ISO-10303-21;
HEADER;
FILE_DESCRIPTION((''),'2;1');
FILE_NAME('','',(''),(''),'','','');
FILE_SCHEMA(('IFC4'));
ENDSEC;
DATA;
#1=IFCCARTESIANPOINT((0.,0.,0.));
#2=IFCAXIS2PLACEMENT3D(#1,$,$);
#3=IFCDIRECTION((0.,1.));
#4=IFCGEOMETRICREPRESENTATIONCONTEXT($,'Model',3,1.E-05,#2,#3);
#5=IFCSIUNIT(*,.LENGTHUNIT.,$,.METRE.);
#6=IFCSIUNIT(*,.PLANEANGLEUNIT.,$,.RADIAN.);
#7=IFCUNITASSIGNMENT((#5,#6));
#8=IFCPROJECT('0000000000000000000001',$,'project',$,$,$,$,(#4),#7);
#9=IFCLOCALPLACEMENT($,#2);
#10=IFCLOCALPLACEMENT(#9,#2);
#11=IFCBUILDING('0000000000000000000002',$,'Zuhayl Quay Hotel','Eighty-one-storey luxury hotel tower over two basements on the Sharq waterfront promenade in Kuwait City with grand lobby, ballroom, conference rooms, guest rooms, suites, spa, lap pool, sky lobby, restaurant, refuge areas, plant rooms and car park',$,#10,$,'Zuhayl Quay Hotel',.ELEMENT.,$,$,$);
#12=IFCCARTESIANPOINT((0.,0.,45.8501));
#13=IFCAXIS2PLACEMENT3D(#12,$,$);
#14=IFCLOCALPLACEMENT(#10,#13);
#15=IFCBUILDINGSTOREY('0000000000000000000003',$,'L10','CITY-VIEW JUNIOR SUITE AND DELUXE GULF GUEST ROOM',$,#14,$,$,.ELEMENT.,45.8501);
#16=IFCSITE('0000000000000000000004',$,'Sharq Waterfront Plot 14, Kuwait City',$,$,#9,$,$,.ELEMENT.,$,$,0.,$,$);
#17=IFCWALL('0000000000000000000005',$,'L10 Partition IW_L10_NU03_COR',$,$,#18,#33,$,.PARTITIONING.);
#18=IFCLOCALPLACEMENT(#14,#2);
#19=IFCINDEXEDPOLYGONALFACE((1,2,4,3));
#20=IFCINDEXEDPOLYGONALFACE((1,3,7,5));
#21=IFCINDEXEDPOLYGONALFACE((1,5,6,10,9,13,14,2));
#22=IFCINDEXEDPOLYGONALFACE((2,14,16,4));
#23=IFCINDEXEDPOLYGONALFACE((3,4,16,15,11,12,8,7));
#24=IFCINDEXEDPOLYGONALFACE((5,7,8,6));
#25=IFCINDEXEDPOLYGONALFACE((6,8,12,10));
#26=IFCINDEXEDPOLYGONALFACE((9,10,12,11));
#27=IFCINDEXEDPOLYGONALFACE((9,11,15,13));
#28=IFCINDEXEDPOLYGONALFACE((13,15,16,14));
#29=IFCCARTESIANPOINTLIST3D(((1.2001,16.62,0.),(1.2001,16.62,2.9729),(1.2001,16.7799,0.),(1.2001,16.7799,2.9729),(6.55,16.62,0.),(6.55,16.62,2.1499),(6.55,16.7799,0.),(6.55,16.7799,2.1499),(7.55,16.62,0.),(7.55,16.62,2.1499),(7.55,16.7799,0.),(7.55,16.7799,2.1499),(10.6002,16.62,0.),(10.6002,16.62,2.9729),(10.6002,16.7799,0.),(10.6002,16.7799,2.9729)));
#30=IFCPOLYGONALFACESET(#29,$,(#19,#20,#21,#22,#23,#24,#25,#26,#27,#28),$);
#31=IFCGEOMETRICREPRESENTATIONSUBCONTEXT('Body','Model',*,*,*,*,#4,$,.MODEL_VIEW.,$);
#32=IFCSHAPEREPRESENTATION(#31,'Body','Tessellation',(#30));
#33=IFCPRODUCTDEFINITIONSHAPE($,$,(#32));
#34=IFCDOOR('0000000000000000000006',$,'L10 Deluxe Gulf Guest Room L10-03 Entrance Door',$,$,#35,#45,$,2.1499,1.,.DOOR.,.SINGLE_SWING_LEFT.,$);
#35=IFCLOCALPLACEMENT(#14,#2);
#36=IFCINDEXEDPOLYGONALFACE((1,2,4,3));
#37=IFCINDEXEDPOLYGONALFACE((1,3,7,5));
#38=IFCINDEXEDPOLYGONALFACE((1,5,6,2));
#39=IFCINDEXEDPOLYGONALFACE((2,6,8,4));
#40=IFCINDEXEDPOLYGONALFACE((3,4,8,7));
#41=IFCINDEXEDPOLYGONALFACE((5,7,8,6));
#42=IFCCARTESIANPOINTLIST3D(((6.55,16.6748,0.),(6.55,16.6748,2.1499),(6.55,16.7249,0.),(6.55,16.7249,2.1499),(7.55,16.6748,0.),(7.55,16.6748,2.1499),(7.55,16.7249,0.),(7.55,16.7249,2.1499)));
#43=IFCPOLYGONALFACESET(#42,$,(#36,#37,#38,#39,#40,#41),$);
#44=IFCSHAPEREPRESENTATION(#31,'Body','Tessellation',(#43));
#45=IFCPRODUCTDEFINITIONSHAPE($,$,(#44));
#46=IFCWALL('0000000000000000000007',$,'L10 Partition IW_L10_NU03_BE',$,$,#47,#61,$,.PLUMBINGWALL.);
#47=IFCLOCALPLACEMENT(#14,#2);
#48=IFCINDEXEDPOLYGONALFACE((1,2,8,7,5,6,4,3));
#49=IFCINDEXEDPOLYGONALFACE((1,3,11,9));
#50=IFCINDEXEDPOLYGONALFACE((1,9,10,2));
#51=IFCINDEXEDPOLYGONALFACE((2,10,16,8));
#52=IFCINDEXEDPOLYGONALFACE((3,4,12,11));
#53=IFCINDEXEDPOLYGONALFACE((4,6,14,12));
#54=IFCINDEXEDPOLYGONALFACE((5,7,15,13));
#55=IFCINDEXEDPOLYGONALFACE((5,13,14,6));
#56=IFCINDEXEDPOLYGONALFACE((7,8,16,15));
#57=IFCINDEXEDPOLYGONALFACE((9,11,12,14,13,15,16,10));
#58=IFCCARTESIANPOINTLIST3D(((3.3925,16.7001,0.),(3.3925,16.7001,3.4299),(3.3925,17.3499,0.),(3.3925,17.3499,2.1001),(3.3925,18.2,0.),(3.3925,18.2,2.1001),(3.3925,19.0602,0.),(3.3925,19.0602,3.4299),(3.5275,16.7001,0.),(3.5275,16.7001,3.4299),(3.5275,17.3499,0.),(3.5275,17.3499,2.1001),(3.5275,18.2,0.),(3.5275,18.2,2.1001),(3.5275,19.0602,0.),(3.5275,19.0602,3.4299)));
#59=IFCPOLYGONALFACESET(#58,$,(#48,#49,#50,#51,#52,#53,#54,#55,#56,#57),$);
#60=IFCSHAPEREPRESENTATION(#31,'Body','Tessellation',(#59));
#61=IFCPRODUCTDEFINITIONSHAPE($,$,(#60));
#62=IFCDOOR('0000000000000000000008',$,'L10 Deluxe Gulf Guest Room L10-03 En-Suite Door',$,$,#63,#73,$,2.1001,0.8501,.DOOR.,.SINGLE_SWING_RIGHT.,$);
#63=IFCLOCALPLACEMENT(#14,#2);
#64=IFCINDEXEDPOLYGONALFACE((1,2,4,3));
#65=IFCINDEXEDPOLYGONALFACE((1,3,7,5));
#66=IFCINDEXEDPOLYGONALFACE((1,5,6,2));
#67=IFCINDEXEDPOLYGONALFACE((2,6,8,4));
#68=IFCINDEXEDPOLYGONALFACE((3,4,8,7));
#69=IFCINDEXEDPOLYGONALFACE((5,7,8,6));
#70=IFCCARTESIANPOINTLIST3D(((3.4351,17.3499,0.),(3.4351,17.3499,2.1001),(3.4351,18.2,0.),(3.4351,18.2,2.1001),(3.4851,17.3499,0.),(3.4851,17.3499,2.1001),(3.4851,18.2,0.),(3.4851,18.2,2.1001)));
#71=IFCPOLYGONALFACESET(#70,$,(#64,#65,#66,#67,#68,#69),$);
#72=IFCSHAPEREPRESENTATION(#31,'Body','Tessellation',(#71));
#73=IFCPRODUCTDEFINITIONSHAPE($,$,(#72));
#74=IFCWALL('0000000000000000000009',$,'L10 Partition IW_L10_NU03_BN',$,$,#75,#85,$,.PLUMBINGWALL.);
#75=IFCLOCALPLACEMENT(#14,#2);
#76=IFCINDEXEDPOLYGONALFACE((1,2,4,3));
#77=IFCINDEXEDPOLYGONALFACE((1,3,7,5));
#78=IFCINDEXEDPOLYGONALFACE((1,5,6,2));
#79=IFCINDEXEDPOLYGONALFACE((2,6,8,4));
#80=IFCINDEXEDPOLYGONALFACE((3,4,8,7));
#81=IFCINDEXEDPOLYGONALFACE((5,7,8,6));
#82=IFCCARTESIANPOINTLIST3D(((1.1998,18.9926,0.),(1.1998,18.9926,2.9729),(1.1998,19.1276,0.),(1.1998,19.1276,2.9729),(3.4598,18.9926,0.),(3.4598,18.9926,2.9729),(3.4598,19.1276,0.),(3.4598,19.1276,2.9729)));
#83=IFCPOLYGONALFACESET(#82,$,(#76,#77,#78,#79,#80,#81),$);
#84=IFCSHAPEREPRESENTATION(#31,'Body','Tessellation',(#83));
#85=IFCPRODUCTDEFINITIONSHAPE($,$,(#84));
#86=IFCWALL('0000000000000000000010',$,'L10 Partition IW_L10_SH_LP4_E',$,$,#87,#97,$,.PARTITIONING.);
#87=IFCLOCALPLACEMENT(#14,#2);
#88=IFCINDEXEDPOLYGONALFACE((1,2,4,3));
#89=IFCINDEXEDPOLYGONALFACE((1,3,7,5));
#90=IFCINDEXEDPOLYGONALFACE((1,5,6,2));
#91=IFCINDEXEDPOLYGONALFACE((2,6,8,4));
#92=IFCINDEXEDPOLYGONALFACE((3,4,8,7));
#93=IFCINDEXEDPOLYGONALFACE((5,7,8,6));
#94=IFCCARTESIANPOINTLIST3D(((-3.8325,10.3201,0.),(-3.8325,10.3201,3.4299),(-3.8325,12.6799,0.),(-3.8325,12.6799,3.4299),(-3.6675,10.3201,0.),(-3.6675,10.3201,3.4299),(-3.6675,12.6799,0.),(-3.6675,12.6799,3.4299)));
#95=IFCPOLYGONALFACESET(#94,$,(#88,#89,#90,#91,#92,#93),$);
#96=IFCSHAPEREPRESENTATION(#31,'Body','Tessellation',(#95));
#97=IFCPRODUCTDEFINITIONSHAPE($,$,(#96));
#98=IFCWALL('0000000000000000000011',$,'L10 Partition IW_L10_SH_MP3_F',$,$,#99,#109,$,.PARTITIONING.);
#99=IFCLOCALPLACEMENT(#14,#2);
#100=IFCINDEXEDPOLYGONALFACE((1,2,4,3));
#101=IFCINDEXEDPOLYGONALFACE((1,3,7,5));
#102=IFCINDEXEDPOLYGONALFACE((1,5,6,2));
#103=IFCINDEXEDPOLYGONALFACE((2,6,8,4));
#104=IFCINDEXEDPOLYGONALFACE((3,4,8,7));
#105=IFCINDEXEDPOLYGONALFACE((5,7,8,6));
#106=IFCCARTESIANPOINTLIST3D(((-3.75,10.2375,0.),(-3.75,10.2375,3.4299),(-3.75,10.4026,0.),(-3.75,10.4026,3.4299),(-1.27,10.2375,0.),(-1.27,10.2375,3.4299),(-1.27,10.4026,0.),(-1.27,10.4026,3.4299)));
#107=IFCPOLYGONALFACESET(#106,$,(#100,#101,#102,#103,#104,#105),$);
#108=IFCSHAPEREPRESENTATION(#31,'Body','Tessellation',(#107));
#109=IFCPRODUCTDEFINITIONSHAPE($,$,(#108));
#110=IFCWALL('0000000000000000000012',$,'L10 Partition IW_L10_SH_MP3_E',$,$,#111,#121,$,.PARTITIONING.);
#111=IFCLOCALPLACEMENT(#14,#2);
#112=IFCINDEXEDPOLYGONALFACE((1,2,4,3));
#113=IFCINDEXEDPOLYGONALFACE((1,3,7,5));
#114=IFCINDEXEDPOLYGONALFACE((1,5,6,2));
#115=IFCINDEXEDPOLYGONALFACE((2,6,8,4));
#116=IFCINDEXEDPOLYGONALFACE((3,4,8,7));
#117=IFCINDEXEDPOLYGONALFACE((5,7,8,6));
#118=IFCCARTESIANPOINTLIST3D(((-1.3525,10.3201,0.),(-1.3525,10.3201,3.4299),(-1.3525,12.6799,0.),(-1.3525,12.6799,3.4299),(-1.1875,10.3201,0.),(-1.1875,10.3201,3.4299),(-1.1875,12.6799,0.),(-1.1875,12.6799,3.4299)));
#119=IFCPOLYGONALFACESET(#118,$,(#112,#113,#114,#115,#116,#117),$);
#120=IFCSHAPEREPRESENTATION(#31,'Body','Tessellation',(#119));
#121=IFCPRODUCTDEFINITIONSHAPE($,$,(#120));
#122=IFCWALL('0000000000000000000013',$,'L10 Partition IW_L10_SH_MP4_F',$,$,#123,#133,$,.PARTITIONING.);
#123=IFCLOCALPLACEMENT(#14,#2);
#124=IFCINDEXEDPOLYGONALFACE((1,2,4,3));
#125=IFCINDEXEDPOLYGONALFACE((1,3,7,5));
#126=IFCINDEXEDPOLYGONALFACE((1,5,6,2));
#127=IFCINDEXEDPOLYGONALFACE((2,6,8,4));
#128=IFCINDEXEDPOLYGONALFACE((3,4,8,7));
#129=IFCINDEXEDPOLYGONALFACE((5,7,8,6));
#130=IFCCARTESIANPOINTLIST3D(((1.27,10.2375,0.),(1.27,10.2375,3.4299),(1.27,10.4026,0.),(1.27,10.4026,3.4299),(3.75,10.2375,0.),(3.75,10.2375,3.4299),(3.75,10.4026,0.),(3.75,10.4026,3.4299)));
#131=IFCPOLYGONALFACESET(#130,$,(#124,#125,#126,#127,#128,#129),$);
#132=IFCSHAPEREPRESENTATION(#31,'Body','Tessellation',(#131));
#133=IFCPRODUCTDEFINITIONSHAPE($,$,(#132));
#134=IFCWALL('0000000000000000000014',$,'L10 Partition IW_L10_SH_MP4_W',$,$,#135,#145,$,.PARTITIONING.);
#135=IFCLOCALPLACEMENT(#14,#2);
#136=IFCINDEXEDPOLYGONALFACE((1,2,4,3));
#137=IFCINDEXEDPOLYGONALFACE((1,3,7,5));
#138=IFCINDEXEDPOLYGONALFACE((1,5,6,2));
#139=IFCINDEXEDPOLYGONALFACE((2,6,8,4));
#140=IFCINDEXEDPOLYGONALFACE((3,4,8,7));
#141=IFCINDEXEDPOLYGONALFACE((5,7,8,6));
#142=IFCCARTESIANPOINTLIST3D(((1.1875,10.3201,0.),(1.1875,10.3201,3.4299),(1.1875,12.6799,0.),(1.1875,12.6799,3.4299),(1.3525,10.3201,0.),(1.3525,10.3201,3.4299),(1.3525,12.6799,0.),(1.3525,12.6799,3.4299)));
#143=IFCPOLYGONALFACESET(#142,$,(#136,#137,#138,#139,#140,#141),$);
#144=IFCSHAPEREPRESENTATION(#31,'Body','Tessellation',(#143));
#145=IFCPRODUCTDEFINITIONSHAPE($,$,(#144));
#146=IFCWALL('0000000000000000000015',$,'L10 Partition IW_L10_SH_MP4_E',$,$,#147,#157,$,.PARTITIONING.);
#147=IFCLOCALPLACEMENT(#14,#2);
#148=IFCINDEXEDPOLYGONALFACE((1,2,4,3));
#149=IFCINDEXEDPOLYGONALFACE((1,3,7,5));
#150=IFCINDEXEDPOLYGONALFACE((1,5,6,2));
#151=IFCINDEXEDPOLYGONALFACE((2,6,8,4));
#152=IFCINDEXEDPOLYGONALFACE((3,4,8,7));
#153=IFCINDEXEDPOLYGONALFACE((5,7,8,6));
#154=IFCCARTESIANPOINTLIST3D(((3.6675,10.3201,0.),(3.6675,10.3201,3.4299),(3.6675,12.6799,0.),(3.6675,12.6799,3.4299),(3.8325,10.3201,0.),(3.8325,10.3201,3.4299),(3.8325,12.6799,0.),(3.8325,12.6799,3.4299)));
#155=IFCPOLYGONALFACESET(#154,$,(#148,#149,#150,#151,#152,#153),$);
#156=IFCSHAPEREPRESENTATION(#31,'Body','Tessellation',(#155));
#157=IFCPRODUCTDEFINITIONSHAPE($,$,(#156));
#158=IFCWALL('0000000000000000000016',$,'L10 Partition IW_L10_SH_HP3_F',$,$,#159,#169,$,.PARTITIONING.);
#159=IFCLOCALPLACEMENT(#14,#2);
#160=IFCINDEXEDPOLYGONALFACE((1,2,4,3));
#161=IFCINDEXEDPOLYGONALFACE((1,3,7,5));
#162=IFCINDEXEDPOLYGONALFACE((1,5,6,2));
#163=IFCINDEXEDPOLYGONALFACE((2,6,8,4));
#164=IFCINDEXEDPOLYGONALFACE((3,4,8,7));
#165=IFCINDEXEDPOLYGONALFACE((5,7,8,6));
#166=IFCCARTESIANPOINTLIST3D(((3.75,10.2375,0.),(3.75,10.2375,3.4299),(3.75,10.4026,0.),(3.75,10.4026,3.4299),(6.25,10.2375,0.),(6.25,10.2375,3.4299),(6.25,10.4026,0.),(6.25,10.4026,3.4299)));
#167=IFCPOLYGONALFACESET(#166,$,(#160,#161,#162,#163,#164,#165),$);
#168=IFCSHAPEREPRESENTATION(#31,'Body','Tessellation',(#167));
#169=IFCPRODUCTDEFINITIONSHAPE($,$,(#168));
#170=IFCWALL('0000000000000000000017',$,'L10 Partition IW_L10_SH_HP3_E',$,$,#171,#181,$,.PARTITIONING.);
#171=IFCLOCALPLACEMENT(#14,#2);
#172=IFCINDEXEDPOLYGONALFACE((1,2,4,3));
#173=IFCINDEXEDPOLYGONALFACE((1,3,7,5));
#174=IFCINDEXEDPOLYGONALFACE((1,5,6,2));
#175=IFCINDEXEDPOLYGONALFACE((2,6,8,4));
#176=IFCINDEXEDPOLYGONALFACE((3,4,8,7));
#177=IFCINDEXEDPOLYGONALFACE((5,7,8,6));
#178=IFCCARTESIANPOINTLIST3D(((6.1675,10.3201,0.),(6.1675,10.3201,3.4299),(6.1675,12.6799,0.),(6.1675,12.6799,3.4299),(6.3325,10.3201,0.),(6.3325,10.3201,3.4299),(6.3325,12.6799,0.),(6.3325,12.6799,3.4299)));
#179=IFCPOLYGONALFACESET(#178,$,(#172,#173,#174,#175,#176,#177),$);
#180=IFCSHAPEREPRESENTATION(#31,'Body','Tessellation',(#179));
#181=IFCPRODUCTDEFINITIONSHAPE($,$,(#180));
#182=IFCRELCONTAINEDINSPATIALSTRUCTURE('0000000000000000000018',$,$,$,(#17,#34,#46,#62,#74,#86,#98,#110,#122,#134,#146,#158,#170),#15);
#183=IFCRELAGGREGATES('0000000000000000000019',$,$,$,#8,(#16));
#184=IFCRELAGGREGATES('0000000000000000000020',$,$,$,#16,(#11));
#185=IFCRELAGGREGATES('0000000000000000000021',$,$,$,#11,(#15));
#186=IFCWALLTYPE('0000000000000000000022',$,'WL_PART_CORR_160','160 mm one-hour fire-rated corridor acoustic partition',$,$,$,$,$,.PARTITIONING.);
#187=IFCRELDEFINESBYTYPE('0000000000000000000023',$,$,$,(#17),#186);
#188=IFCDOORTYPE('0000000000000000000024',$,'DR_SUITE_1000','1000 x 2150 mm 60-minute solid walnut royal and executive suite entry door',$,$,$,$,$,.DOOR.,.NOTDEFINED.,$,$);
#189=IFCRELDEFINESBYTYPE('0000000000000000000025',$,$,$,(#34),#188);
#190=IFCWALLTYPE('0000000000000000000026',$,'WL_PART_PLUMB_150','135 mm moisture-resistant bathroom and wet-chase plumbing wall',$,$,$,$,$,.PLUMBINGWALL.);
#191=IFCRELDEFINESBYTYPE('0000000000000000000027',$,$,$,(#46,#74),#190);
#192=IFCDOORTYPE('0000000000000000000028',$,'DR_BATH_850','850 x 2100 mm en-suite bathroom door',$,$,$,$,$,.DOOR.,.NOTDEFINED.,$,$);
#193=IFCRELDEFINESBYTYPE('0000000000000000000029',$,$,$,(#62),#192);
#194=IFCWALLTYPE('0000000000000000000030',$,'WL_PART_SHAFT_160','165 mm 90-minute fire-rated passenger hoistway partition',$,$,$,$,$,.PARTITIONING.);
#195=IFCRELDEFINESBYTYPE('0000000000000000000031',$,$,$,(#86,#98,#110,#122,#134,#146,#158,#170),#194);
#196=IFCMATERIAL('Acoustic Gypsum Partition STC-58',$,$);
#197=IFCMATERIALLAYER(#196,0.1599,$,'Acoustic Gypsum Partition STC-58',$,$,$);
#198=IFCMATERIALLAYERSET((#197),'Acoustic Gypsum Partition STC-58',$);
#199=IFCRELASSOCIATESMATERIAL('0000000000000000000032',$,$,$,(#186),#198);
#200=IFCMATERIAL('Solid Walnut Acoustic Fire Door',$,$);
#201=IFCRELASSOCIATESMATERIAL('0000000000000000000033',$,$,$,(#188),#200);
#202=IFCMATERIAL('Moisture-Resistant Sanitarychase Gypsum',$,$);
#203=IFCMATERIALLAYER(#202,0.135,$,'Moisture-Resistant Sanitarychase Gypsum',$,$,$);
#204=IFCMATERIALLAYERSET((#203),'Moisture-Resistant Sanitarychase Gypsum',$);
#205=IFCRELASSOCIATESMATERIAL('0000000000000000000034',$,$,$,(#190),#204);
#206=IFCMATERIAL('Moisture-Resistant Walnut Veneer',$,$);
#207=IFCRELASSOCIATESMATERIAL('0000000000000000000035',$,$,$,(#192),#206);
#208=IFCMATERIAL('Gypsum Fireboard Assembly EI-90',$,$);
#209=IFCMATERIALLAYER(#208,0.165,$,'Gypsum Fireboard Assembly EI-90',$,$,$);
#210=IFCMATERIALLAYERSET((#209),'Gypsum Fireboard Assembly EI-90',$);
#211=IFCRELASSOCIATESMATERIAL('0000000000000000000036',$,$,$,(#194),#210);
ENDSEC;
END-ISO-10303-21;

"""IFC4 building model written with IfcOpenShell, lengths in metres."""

from ifc_helpers import new_model, si_unit, direction, frame, frame_2d, origin, place, context, subcontext, project, spatial, rectangle, extrude, material, layer, layer_set, type_object, element, fill, save


model = new_model("IFC4")

# Units and contexts
model_context = context("Model", 3, precision=1e-05, world=origin(), true_north=direction((0.0, 1.0)))
body_context = subcontext(model_context, "Body", "Model", "MODEL_VIEW")
ifc_project = project(units=[si_unit("LENGTHUNIT", "METRE"), si_unit("PLANEANGLEUNIT", "RADIAN")], contexts=[model_context])

# Site, building, storey
site_placement = place(None, origin())
site = spatial("IfcSite", under=ifc_project, at=site_placement, Name="Sharq Waterfront Plot 14, Kuwait City", CompositionType="ELEMENT", RefElevation=0.0)
building_placement = place(site_placement, origin())
building = spatial("IfcBuilding", under=site, at=building_placement, Name="Zuhayl Quay Hotel", Description="Eighty-one-storey luxury hotel tower over two basements on the Sharq waterfront promenade in Kuwait City with grand lobby, ballroom, conference rooms, guest rooms, suites, spa, lap pool, sky lobby, restaurant, refuge areas, plant rooms and car park", LongName="Zuhayl Quay Hotel", CompositionType="ELEMENT")
storey_placement = place(building_placement, frame((0.0, 0.0, 45.8501)))
storey = spatial("IfcBuildingStorey", under=building, at=storey_placement, Name="L10", Description="CITY-VIEW JUNIOR SUITE AND DELUXE GULF GUEST ROOM", CompositionType="ELEMENT", Elevation=45.8501)

# Shared definitions
ifc_material_1 = material(Name="Acoustic Gypsum Partition STC-58")

# Walls, openings, doors
ifc_layer_1 = layer(ifc_material_1, 0.1599, Name="Acoustic Gypsum Partition STC-58")
ifc_layer_set_1 = layer_set([ifc_layer_1], Name="Acoustic Gypsum Partition STC-58")
wall_type_1 = type_object("IfcWallType", Name="WL_PART_CORR_160", Description="160 mm one-hour fire-rated corridor acoustic partition", PredefinedType="PARTITIONING", material=ifc_layer_set_1)
wall_1_placement = place(storey_placement, frame((1.2, 16.7, 0.0), z_axis=(0.0, 0.0, 1.0), x_axis=(1.0, 0.0, 0.0)))
wall_1 = element("IfcWall", 1, at=wall_1_placement, inside=storey, type_object=wall_type_1, Name="L10 Partition IW_L10_NU03_COR", PredefinedType="PARTITIONING", context=body_context, shape_type="SweptSolid", body=[
    extrude(rectangle(XDim=9.4001, YDim=0.1599, at=frame_2d((4.7002, 0.0))), origin(), (0.0, 0.0, 1.0), 2.9729),
])
opening_1_placement = place(wall_1_placement, frame((5.3501, 0.0, 0.0)))
opening_1 = element("IfcOpeningElement", 2, at=opening_1_placement, cuts=wall_1, PredefinedType="OPENING", context=body_context, shape_type="SweptSolid", body=[
    extrude(rectangle(XDim=1.0, YDim=2.1499, at=frame_2d((0.5, 1.075))), frame((0.0, 0.0898, 0.0), z_axis=(0.0, -1.0, 0.0), x_axis=(1.0, 0.0, 0.0)), (0.0, 0.0, 1.0), 0.1799),
])
ifc_material_2 = material(Name="Solid Walnut Acoustic Fire Door")
door_type_1 = type_object("IfcDoorType", Name="DR_SUITE_1000", Description="1000 x 2150 mm 60-minute solid walnut royal and executive suite entry door", OperationType="NOTDEFINED", PredefinedType="DOOR", material=ifc_material_2)
door_1_placement = place(opening_1_placement, origin())
door_1 = element("IfcDoor", 3, at=door_1_placement, inside=storey, type_object=door_type_1, Name="L10 Deluxe Gulf Guest Room L10-03 Entrance Door", OperationType="SINGLE_SWING_LEFT", OverallHeight=2.1499, OverallWidth=1.0, PredefinedType="DOOR", context=body_context, shape_type="SweptSolid", body=[
    extrude(rectangle(XDim=1.0, YDim=2.1499, at=frame_2d((0.5, 1.075))), frame((0.0, 0.0249, 0.0), z_axis=(0.0, -1.0, 0.0), x_axis=(1.0, 0.0, 0.0)), (0.0, 0.0, 1.0), 0.05),
])
fill(opening_1, door_1)
ifc_material_3 = material(Name="Moisture-Resistant Sanitarychase Gypsum")
ifc_layer_2 = layer(ifc_material_3, 0.135, Name="Moisture-Resistant Sanitarychase Gypsum")
ifc_layer_set_2 = layer_set([ifc_layer_2], Name="Moisture-Resistant Sanitarychase Gypsum")
wall_type_2 = type_object("IfcWallType", Name="WL_PART_PLUMB_150", Description="135 mm moisture-resistant bathroom and wet-chase plumbing wall", PredefinedType="PLUMBINGWALL", material=ifc_layer_set_2)
wall_2_placement = place(storey_placement, frame((3.46, 16.7, 0.0), z_axis=(0.0, 0.0, 1.0), x_axis=(0.0, 1.0, 0.0)))
wall_2 = element("IfcWall", 4, at=wall_2_placement, inside=storey, type_object=wall_type_2, Name="L10 Partition IW_L10_NU03_BE", PredefinedType="PLUMBINGWALL", context=body_context, shape_type="SweptSolid", body=[
    extrude(rectangle(XDim=2.3601, YDim=0.135, at=frame_2d((1.1802, 0.0))), origin(), (0.0, 0.0, 1.0), 3.4299),
])
opening_2_placement = place(wall_2_placement, frame((0.6499, 0.0, 0.0)))
opening_2 = element("IfcOpeningElement", 5, at=opening_2_placement, cuts=wall_2, PredefinedType="OPENING", context=body_context, shape_type="SweptSolid", body=[
    extrude(rectangle(XDim=0.8501, YDim=2.1001, at=frame_2d((0.425, 1.05))), frame((0.0, 0.0774, 0.0), z_axis=(0.0, -1.0, 0.0), x_axis=(1.0, 0.0, 0.0)), (0.0, 0.0, 1.0), 0.155),
])
ifc_material_4 = material(Name="Moisture-Resistant Walnut Veneer")
door_type_2 = type_object("IfcDoorType", Name="DR_BATH_850", Description="850 x 2100 mm en-suite bathroom door", OperationType="NOTDEFINED", PredefinedType="DOOR", material=ifc_material_4)
door_2_placement = place(opening_2_placement, origin())
door_2 = element("IfcDoor", 6, at=door_2_placement, inside=storey, type_object=door_type_2, Name="L10 Deluxe Gulf Guest Room L10-03 En-Suite Door", OperationType="SINGLE_SWING_RIGHT", OverallHeight=2.1001, OverallWidth=0.8501, PredefinedType="DOOR", context=body_context, shape_type="SweptSolid", body=[
    extrude(rectangle(XDim=0.8501, YDim=2.1001, at=frame_2d((0.425, 1.05))), frame((0.0, 0.0249, 0.0), z_axis=(0.0, -1.0, 0.0), x_axis=(1.0, 0.0, 0.0)), (0.0, 0.0, 1.0), 0.05),
])
fill(opening_2, door_2)

# Walls
wall_3_placement = place(storey_placement, frame((1.2, 19.0601, 0.0), z_axis=(0.0, 0.0, 1.0), x_axis=(1.0, 0.0, 0.0)))
element("IfcWall", 7, at=wall_3_placement, inside=storey, type_object=wall_type_2, Name="L10 Partition IW_L10_NU03_BN", PredefinedType="PLUMBINGWALL", context=body_context, shape_type="SweptSolid", body=[
    extrude(rectangle(XDim=2.26, YDim=0.135, at=frame_2d((1.1299, 0.0))), origin(), (0.0, 0.0, 1.0), 2.9729),
])
ifc_material_5 = material(Name="Gypsum Fireboard Assembly EI-90")
ifc_layer_3 = layer(ifc_material_5, 0.165, Name="Gypsum Fireboard Assembly EI-90")
ifc_layer_set_3 = layer_set([ifc_layer_3], Name="Gypsum Fireboard Assembly EI-90")
wall_type_3 = type_object("IfcWallType", Name="WL_PART_SHAFT_160", Description="165 mm 90-minute fire-rated passenger hoistway partition", PredefinedType="PARTITIONING", material=ifc_layer_set_3)
wall_4_placement = place(storey_placement, frame((-3.75, 10.3201, 0.0), z_axis=(0.0, 0.0, 1.0), x_axis=(0.0, 1.0, 0.0)))
element("IfcWall", 8, at=wall_4_placement, inside=storey, type_object=wall_type_3, Name="L10 Partition IW_L10_SH_LP4_E", PredefinedType="PARTITIONING", context=body_context, shape_type="SweptSolid", body=[
    extrude(rectangle(XDim=2.3599, YDim=0.165, at=frame_2d((1.1799, 0.0))), origin(), (0.0, 0.0, 1.0), 3.4299),
])
wall_5_placement = place(storey_placement, frame((-3.75, 10.3201, 0.0), z_axis=(0.0, 0.0, 1.0), x_axis=(1.0, 0.0, 0.0)))
element("IfcWall", 9, at=wall_5_placement, inside=storey, type_object=wall_type_3, Name="L10 Partition IW_L10_SH_MP3_F", PredefinedType="PARTITIONING", context=body_context, shape_type="SweptSolid", body=[
    extrude(rectangle(XDim=2.48, YDim=0.165, at=frame_2d((1.24, 0.0))), origin(), (0.0, 0.0, 1.0), 3.4299),
])
wall_6_placement = place(storey_placement, frame((-1.27, 10.3201, 0.0), z_axis=(0.0, 0.0, 1.0), x_axis=(0.0, 1.0, 0.0)))
element("IfcWall", 10, at=wall_6_placement, inside=storey, type_object=wall_type_3, Name="L10 Partition IW_L10_SH_MP3_E", PredefinedType="PARTITIONING", context=body_context, shape_type="SweptSolid", body=[
    extrude(rectangle(XDim=2.3599, YDim=0.165, at=frame_2d((1.1799, 0.0))), origin(), (0.0, 0.0, 1.0), 3.4299),
])
wall_7_placement = place(storey_placement, frame((1.27, 10.3201, 0.0), z_axis=(0.0, 0.0, 1.0), x_axis=(1.0, 0.0, 0.0)))
element("IfcWall", 11, at=wall_7_placement, inside=storey, type_object=wall_type_3, Name="L10 Partition IW_L10_SH_MP4_F", PredefinedType="PARTITIONING", context=body_context, shape_type="SweptSolid", body=[
    extrude(rectangle(XDim=2.48, YDim=0.165, at=frame_2d((1.24, 0.0))), origin(), (0.0, 0.0, 1.0), 3.4299),
])
for number, where, z_axis, x_axis, name in (
    (12, (1.27, 10.3201, 0.0), (0.0, 0.0, 1.0), (0.0, 1.0, 0.0), "L10 Partition IW_L10_SH_MP4_W"),
    (13, (3.75, 10.3201, 0.0), (0.0, 0.0, 1.0), (0.0, 1.0, 0.0), "L10 Partition IW_L10_SH_MP4_E"),
):
    element("IfcWall", number, at=place(storey_placement, frame(where, z_axis=z_axis, x_axis=x_axis)), inside=storey, type_object=wall_type_3, Name=name, PredefinedType="PARTITIONING", context=body_context, shape_type="SweptSolid", body=[
        extrude(rectangle(XDim=2.3599, YDim=0.165, at=frame_2d((1.1799, 0.0))), origin(), (0.0, 0.0, 1.0), 3.4299),
    ])
wall_8_placement = place(storey_placement, frame((3.75, 10.3201, 0.0), z_axis=(0.0, 0.0, 1.0), x_axis=(1.0, 0.0, 0.0)))
element("IfcWall", 14, at=wall_8_placement, inside=storey, type_object=wall_type_3, Name="L10 Partition IW_L10_SH_HP3_F", PredefinedType="PARTITIONING", context=body_context, shape_type="SweptSolid", body=[
    extrude(rectangle(XDim=2.5, YDim=0.165, at=frame_2d((1.25, 0.0))), origin(), (0.0, 0.0, 1.0), 3.4299),
])
wall_9_placement = place(storey_placement, frame((6.25, 10.3201, 0.0), z_axis=(0.0, 0.0, 1.0), x_axis=(0.0, 1.0, 0.0)))
element("IfcWall", 15, at=wall_9_placement, inside=storey, type_object=wall_type_3, Name="L10 Partition IW_L10_SH_HP3_E", PredefinedType="PARTITIONING", context=body_context, shape_type="SweptSolid", body=[
    extrude(rectangle(XDim=2.3599, YDim=0.165, at=frame_2d((1.1799, 0.0))), origin(), (0.0, 0.0, 1.0), 3.4299),
])

save(model, "model.ifc")
